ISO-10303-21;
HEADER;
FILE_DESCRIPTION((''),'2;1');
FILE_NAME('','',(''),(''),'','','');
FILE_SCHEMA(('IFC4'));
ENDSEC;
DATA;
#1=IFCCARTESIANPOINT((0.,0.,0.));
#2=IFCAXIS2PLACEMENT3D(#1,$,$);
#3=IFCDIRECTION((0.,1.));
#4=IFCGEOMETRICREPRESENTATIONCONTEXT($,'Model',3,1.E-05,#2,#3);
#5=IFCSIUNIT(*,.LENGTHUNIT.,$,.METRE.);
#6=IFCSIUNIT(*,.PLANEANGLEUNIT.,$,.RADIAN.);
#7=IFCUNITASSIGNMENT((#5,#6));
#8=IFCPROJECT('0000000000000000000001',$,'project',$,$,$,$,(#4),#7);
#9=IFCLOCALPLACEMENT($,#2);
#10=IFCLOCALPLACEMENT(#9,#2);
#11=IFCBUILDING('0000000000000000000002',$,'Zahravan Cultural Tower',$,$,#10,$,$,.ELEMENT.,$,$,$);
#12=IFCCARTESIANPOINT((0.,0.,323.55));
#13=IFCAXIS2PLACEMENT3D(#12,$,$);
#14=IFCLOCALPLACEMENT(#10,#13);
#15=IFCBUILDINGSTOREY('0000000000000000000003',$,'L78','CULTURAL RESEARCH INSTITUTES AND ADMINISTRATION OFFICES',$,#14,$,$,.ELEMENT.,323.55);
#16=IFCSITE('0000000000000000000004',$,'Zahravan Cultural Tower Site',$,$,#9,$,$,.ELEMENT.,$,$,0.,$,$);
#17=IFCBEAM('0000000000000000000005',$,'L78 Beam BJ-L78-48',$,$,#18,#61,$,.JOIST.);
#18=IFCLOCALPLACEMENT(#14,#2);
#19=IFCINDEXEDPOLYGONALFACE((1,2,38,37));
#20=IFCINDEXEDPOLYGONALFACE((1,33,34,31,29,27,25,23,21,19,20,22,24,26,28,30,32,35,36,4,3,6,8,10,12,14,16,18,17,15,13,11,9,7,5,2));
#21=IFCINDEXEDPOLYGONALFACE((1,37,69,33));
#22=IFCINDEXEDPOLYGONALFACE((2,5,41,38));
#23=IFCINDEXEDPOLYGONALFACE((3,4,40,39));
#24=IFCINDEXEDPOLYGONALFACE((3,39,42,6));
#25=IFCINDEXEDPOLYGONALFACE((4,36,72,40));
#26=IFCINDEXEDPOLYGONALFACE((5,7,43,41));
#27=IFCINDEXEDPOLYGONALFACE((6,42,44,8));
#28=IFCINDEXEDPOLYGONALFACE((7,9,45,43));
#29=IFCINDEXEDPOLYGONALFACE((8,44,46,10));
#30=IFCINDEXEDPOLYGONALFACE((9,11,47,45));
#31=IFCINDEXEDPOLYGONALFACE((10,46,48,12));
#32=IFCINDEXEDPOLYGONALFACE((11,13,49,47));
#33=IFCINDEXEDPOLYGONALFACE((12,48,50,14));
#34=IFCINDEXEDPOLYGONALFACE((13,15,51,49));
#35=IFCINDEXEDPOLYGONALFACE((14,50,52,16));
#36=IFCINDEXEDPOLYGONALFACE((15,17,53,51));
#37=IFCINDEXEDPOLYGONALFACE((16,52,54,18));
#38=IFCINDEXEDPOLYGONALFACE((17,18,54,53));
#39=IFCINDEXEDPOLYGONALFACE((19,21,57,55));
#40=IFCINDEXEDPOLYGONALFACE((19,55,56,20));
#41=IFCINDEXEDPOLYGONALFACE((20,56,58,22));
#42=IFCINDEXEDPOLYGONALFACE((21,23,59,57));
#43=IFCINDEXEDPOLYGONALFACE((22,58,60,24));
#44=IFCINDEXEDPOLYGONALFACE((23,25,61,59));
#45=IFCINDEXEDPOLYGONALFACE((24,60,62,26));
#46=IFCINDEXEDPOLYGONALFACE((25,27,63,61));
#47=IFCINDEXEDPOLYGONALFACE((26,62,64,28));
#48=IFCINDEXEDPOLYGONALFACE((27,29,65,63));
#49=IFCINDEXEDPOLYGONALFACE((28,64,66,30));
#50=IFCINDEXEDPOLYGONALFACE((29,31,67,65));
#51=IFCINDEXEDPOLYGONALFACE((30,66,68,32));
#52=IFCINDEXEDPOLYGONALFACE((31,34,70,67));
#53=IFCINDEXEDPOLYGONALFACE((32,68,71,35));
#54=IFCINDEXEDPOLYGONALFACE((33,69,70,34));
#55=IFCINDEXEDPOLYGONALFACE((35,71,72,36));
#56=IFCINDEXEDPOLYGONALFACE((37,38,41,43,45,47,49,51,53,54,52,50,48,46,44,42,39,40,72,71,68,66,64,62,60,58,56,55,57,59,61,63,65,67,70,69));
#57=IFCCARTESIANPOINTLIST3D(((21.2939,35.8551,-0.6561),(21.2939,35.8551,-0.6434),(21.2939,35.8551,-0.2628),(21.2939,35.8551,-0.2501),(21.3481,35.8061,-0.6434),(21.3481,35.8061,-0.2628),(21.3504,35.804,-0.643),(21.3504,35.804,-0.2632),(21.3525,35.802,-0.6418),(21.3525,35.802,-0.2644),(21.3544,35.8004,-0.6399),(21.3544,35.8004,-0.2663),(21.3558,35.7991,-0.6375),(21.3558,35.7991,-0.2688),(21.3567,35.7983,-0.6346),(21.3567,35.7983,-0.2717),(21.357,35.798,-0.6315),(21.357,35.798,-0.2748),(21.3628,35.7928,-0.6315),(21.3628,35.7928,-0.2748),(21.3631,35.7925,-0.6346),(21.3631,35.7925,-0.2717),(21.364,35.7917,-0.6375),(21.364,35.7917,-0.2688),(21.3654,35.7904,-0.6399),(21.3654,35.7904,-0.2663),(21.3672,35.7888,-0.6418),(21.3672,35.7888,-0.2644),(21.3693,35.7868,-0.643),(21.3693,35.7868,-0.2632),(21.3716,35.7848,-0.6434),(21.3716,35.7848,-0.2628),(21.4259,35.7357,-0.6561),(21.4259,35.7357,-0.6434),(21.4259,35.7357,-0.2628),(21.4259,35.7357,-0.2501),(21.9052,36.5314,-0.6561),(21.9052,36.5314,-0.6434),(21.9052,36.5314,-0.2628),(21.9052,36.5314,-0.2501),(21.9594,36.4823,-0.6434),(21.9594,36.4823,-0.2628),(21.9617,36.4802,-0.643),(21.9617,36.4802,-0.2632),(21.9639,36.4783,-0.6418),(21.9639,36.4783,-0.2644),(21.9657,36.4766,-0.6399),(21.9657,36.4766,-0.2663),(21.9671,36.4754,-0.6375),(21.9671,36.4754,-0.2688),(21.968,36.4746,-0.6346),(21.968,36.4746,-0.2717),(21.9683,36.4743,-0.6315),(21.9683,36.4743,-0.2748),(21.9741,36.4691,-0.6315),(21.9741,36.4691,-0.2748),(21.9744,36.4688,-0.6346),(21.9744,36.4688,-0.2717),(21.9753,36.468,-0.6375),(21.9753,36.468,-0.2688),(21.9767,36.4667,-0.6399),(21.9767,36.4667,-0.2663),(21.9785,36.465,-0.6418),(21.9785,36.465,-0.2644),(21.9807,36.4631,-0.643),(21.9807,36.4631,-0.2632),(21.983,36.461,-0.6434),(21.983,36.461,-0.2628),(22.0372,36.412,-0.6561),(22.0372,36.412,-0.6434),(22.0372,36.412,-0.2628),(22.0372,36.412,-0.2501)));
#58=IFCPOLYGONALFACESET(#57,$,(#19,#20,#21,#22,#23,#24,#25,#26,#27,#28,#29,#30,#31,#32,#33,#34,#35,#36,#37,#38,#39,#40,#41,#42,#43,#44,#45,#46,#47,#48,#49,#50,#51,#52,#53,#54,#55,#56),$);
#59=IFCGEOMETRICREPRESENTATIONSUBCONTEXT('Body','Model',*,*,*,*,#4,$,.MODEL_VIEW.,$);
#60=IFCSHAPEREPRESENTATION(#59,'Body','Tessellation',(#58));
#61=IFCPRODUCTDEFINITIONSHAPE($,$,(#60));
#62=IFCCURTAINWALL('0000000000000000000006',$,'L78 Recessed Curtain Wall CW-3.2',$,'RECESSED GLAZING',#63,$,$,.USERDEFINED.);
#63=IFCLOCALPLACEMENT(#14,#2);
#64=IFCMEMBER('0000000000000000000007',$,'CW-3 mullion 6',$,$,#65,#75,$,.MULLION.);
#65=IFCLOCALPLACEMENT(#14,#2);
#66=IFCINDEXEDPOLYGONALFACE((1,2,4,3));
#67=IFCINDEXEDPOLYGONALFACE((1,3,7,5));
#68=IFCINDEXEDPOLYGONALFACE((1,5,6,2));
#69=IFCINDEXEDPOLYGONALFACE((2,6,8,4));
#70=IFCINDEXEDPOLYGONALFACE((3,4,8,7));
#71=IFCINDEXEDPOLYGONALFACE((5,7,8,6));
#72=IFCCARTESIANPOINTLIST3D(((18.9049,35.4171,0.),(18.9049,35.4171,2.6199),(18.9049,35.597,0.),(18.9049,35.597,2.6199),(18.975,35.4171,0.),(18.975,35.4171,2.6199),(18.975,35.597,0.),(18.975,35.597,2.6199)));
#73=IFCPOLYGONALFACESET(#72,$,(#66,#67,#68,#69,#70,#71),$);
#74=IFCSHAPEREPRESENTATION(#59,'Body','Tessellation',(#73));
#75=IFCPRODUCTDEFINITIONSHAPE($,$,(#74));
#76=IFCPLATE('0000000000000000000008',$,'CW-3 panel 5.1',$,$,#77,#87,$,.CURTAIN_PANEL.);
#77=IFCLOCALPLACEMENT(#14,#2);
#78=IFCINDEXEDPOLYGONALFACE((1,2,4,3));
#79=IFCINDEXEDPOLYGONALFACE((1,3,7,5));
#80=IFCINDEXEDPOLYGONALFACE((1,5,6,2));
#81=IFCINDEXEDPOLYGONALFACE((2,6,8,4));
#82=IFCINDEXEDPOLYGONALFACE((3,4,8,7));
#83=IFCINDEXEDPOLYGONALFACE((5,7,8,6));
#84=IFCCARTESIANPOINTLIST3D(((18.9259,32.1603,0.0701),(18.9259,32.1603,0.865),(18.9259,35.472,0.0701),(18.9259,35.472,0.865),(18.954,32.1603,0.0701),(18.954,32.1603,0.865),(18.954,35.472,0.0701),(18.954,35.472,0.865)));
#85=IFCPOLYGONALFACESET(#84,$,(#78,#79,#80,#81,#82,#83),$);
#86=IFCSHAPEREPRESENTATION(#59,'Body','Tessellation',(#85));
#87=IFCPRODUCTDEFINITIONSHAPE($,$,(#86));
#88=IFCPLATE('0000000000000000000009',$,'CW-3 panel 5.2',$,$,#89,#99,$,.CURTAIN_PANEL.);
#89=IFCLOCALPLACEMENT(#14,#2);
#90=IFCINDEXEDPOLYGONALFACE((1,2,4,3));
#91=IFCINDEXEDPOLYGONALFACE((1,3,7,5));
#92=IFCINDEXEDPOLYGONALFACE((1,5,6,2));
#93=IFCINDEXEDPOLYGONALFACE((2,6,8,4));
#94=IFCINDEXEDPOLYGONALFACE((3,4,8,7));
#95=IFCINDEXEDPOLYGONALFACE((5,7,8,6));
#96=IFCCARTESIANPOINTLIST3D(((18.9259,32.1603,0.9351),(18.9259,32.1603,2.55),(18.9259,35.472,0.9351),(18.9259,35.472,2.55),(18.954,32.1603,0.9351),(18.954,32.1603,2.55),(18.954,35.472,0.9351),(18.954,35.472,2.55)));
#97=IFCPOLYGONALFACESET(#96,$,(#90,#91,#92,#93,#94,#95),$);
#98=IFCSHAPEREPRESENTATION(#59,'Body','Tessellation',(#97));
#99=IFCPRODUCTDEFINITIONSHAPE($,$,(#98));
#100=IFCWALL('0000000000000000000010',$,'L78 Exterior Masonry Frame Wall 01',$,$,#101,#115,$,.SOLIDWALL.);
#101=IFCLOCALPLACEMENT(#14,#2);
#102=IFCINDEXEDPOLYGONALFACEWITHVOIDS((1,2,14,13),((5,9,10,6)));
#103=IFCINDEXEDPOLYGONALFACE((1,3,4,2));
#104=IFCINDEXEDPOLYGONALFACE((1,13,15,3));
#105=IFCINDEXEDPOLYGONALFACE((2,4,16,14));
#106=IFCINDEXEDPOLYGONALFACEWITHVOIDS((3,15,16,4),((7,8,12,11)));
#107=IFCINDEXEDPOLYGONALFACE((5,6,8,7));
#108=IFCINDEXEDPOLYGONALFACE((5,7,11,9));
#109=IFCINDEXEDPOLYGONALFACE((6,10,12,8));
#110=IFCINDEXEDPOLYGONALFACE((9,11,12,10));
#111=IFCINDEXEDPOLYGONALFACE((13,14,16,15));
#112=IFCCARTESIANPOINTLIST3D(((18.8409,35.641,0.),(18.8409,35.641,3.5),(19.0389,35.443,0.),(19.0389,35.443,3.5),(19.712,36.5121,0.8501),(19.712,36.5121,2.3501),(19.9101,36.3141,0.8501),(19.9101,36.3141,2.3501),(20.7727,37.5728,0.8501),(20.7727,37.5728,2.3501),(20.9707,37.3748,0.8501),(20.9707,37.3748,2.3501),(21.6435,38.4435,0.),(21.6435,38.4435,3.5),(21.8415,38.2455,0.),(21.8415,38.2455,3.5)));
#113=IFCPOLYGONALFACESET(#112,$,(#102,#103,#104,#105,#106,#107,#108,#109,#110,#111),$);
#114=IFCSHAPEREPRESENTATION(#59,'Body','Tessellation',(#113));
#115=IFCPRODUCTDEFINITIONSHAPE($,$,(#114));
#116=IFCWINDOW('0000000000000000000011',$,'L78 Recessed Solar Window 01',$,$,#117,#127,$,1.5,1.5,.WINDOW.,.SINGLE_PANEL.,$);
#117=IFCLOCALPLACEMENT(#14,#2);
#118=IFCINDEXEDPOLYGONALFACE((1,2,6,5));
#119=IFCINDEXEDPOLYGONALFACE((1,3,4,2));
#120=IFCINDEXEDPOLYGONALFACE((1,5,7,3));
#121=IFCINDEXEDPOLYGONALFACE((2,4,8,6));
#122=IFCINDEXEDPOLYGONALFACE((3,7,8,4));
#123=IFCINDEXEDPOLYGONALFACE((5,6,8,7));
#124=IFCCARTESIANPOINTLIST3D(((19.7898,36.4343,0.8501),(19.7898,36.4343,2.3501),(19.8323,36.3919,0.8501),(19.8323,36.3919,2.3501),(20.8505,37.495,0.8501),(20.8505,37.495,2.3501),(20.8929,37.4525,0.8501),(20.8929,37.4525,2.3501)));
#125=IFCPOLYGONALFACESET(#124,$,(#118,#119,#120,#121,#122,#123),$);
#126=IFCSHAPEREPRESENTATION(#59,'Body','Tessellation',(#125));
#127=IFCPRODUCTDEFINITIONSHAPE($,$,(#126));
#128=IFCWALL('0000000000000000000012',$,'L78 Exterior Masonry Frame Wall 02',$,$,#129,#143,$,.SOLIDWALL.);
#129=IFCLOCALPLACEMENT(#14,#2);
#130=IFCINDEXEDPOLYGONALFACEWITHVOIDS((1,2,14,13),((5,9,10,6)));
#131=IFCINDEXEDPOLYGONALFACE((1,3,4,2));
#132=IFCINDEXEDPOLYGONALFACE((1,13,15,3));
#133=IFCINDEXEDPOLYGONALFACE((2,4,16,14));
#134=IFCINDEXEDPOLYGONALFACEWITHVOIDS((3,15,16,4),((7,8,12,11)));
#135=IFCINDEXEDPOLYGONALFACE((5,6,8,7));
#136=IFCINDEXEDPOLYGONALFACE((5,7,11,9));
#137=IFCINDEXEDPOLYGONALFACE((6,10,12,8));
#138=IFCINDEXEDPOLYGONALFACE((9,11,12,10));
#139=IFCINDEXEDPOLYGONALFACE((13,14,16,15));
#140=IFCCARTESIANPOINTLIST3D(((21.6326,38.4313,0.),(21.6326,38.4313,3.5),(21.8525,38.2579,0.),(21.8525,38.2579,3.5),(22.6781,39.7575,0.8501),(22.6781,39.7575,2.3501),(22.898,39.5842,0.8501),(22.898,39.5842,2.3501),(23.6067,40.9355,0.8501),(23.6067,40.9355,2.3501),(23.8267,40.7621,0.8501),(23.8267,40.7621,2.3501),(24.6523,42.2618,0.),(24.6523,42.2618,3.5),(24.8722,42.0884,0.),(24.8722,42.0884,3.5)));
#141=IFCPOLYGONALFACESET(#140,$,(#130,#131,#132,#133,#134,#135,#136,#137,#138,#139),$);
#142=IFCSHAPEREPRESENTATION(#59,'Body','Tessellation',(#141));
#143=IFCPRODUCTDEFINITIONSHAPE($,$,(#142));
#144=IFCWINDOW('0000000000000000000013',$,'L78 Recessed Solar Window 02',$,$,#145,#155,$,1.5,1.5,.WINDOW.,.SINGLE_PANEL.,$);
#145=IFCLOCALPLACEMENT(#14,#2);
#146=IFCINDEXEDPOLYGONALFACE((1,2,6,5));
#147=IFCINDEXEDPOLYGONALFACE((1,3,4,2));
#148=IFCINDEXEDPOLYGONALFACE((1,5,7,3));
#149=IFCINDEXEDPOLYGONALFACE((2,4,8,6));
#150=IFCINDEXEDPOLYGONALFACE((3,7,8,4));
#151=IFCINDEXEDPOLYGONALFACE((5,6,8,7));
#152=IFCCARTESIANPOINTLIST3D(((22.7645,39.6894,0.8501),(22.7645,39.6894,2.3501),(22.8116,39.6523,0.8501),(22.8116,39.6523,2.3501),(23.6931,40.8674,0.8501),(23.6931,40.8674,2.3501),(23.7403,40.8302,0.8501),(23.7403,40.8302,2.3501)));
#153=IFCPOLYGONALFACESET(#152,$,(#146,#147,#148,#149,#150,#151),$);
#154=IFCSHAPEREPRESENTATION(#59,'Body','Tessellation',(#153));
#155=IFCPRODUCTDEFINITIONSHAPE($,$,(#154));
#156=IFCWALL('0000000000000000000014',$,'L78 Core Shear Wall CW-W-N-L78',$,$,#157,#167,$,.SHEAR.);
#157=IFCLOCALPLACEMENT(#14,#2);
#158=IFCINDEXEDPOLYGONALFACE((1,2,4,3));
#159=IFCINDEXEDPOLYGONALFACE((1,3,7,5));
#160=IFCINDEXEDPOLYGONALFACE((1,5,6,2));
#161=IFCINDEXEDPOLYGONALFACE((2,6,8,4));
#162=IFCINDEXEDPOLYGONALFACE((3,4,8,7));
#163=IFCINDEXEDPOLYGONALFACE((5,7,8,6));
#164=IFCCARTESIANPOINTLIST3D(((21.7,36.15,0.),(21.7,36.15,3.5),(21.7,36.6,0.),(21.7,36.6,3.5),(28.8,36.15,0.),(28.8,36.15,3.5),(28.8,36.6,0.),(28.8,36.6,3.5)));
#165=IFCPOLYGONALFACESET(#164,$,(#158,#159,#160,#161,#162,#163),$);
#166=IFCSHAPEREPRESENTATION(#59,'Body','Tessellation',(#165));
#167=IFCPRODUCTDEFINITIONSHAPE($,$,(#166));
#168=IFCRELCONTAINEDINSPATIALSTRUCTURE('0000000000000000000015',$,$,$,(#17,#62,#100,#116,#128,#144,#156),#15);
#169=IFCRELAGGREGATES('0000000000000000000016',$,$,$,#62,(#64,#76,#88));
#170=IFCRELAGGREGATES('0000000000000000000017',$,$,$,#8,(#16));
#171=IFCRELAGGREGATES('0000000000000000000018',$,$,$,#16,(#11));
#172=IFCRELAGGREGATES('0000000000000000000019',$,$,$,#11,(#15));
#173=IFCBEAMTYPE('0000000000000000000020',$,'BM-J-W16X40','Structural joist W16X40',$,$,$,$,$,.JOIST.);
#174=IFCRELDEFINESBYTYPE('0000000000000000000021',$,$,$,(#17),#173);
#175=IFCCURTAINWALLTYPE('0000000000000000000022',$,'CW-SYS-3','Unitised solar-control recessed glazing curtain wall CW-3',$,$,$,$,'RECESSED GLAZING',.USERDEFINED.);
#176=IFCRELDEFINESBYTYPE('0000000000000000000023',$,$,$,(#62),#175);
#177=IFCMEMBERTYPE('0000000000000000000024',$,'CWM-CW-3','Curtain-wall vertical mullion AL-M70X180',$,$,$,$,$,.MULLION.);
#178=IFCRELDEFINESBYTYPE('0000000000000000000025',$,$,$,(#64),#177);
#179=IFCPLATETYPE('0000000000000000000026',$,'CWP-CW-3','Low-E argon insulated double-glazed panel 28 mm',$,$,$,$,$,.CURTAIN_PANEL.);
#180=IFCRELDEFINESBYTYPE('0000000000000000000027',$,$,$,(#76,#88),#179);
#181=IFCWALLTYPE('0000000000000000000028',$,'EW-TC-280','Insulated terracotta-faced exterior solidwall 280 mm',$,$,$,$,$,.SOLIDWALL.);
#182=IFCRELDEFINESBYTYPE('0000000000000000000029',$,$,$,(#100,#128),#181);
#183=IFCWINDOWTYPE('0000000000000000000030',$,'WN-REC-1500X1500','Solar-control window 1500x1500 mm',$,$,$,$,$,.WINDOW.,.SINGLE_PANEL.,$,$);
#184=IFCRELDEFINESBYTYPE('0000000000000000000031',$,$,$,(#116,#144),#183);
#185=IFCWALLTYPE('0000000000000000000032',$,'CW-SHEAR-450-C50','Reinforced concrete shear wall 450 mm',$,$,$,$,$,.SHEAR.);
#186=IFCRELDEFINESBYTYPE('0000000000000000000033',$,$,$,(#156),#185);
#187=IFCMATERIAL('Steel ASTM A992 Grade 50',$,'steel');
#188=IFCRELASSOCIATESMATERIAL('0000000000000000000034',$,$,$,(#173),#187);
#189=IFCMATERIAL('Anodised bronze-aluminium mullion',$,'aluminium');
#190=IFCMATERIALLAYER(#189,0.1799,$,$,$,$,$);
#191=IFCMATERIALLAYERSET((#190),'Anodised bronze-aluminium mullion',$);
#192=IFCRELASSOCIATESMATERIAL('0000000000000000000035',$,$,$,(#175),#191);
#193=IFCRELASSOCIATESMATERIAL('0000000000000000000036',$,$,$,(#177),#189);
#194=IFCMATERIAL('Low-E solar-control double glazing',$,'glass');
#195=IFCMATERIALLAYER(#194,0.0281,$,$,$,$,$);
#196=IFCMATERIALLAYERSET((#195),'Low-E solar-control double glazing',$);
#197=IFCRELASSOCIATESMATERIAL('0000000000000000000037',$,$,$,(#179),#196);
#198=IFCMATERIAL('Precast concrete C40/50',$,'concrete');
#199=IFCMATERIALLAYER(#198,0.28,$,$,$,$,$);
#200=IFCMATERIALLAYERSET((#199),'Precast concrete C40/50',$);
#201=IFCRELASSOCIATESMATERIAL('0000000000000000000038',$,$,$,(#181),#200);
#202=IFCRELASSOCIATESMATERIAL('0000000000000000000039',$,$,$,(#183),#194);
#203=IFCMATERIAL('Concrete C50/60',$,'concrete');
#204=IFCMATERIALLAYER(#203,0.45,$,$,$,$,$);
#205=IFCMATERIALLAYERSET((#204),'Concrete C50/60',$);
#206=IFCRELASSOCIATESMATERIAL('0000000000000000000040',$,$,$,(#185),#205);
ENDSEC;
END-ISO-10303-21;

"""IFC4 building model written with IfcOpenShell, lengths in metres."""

from ifc_helpers import new_model, si_unit, direction, frame, frame_2d, origin, origin_2d, place, context, subcontext, project, spatial, rectangle, i_section, extrude, source, transform, mapped, material, layer, layer_set, material_profile, profile_set, type_object, element, fill, aggregate, save


model = new_model("IFC4")

# Units and contexts
model_context = context("Model", 3, precision=1e-05, world=origin(), true_north=direction((0.0, 1.0)))
body_context = subcontext(model_context, "Body", "Model", "MODEL_VIEW")
ifc_project = project(units=[si_unit("LENGTHUNIT", "METRE"), si_unit("PLANEANGLEUNIT", "RADIAN")], contexts=[model_context])

# Site, building, storey
site_placement = place(None, origin())
site = spatial("IfcSite", under=ifc_project, at=site_placement, Name="Zahravan Cultural Tower Site", CompositionType="ELEMENT", RefElevation=0.0)
building_placement = place(site_placement, origin())
building = spatial("IfcBuilding", under=site, at=building_placement, Name="Zahravan Cultural Tower", CompositionType="ELEMENT")
storey_placement = place(building_placement, frame((0.0, 0.0, 323.55)))
storey = spatial("IfcBuildingStorey", under=building, at=storey_placement, Name="L78", Description="CULTURAL RESEARCH INSTITUTES AND ADMINISTRATION OFFICES", CompositionType="ELEMENT", Elevation=323.55)

# Shared definitions
ifc_material_1 = material(Name="Concrete C50/60", Category="concrete")

# Beam
ifc_material_2 = material(Name="Steel ASTM A992 Grade 50", Category="steel")
ifc_material_profile_1 = material_profile(ifc_material_2, i_section(OverallWidth=0.178, OverallDepth=0.406, WebThickness=0.0078, FlangeThickness=0.0127, FilletRadius=0.012, at=origin_2d()), Name="W16X40")
ifc_profile_set_1 = profile_set([ifc_material_profile_1], Name="Steel ASTM A992 Grade 50")
beam_type_1 = type_object("IfcBeamType", Name="BM-J-W16X40", Description="Structural joist W16X40", PredefinedType="JOIST", material=ifc_profile_set_1)
shared_shape_1 = source(origin(), body_context, "Body", "SweptSolid", [
    extrude(i_section(OverallWidth=0.178, OverallDepth=0.406, WebThickness=0.0078, FlangeThickness=0.0127, FilletRadius=0.012, at=origin_2d()), origin(), (0.0, 0.0, 1.0), 0.9116),
])
beam_1_placement = place(storey_placement, frame((21.9712, 36.4717, -0.4531), z_axis=(-0.670591, -0.741828, 0.0), x_axis=(0.741828, -0.670591, 0.0)))
element("IfcBeam", 1, at=beam_1_placement, inside=storey, type_object=beam_type_1, Name="L78 Beam BJ-L78-48", PredefinedType="JOIST", context=body_context, shape_type="MappedRepresentation", body=[
    mapped(shared_shape_1, transform((0.0, 0.0, 0.0), x_axis=(1.0, 0.0, 0.0), y_axis=(0.0, 1.0, 0.0), z_axis=(0.0, 0.0, 1.0), scale=1.0)),
])

# Curtain wall, member, plates
ifc_material_3 = material(Name="Anodised bronze-aluminium mullion", Category="aluminium")
ifc_layer_1 = layer(ifc_material_3, 0.1799)
ifc_layer_set_1 = layer_set([ifc_layer_1], Name="Anodised bronze-aluminium mullion")
curtain_wall_type = type_object("IfcCurtainWallType", Name="CW-SYS-3", Description="Unitised solar-control recessed glazing curtain wall CW-3", ElementType="RECESSED GLAZING", PredefinedType="USERDEFINED", material=ifc_layer_set_1)
curtain_wall_placement = place(storey_placement, origin())
curtain_wall = element("IfcCurtainWall", 2, at=curtain_wall_placement, inside=storey, type_object=curtain_wall_type, Name="L78 Recessed Curtain Wall CW-3.2", ObjectType="RECESSED GLAZING", PredefinedType="USERDEFINED")
ifc_material_profile_2 = material_profile(ifc_material_3, rectangle(XDim=0.0701, YDim=0.1799, at=origin_2d()), Name="AL-M70X180")
ifc_profile_set_2 = profile_set([ifc_material_profile_2], Name="Anodised bronze-aluminium mullion")
member_type = type_object("IfcMemberType", Name="CWM-CW-3", Description="Curtain-wall vertical mullion AL-M70X180", PredefinedType="MULLION", material=ifc_profile_set_2)
shared_shape_2 = source(origin(), body_context, "Body", "SweptSolid", [
    extrude(rectangle(XDim=0.0701, YDim=0.1799, at=origin_2d()), origin(), (0.0, 0.0, 1.0), 2.6199),
])
member_placement = place(storey_placement, frame((18.9399, 35.5071, 0.0), z_axis=(0.0, 0.0, 1.0), x_axis=(-1.0, 0.0, 0.0)))
member = element("IfcMember", 3, at=member_placement, type_object=member_type, Name="CW-3 mullion 6", PredefinedType="MULLION", context=body_context, shape_type="MappedRepresentation", body=[
    mapped(shared_shape_2, transform((0.0, 0.0, 0.0), x_axis=(1.0, 0.0, 0.0), y_axis=(0.0, 1.0, 0.0), z_axis=(0.0, 0.0, 1.0), scale=1.0)),
])
ifc_material_4 = material(Name="Low-E solar-control double glazing", Category="glass")
ifc_layer_2 = layer(ifc_material_4, 0.0281)
ifc_layer_set_2 = layer_set([ifc_layer_2], Name="Low-E solar-control double glazing")
plate_type = type_object("IfcPlateType", Name="CWP-CW-3", Description="Low-E argon insulated double-glazed panel 28 mm", PredefinedType="CURTAIN_PANEL", material=ifc_layer_set_2)
shared_shape_3 = source(origin(), body_context, "Body", "SweptSolid", [
    extrude(rectangle(XDim=3.3118, YDim=0.0281, at=origin_2d()), origin(), (0.0, 0.0, 1.0), 0.7949),
])
plate_1_placement = place(storey_placement, frame((18.9399, 33.8162, 0.0701), z_axis=(0.0, 0.0, 1.0), x_axis=(0.0, 1.0, 0.0)))
plate_1 = element("IfcPlate", 4, at=plate_1_placement, type_object=plate_type, Name="CW-3 panel 5.1", PredefinedType="CURTAIN_PANEL", context=body_context, shape_type="MappedRepresentation", body=[
    mapped(shared_shape_3, transform((0.0, 0.0, 0.0), x_axis=(1.0, 0.0, 0.0), y_axis=(0.0, 1.0, 0.0), z_axis=(0.0, 0.0, 1.0), scale=1.0)),
])
shared_shape_4 = source(origin(), body_context, "Body", "SweptSolid", [
    extrude(rectangle(XDim=3.3118, YDim=0.0281, at=origin_2d()), origin(), (0.0, 0.0, 1.0), 1.615),
])
plate_2_placement = place(storey_placement, frame((18.9399, 33.8162, 0.9351), z_axis=(0.0, 0.0, 1.0), x_axis=(0.0, 1.0, 0.0)))
plate_2 = element("IfcPlate", 5, at=plate_2_placement, type_object=plate_type, Name="CW-3 panel 5.2", PredefinedType="CURTAIN_PANEL", context=body_context, shape_type="MappedRepresentation", body=[
    mapped(shared_shape_4, transform((0.0, 0.0, 0.0), x_axis=(1.0, 0.0, 0.0), y_axis=(0.0, 1.0, 0.0), z_axis=(0.0, 0.0, 1.0), scale=1.0)),
])
aggregate(curtain_wall, [member, plate_1, plate_2])

# Walls, openings, windows
ifc_material_5 = material(Name="Precast concrete C40/50", Category="concrete")
ifc_layer_3 = layer(ifc_material_5, 0.28)
ifc_layer_set_3 = layer_set([ifc_layer_3], Name="Precast concrete C40/50")
wall_type_1 = type_object("IfcWallType", Name="EW-TC-280", Description="Insulated terracotta-faced exterior solidwall 280 mm", PredefinedType="SOLIDWALL", material=ifc_layer_set_3)
wall_1_placement = place(storey_placement, frame((18.9399, 35.542, 0.0), z_axis=(0.0, 0.0, 1.0), x_axis=(0.707107, 0.707107, 0.0)))
wall_1 = element("IfcWall", 6, at=wall_1_placement, inside=storey, type_object=wall_type_1, Name="L78 Exterior Masonry Frame Wall 01", PredefinedType="SOLIDWALL", context=body_context, shape_type="SweptSolid", body=[
    extrude(rectangle(XDim=3.9634, YDim=0.28, at=frame_2d((1.9817, 0.0))), origin(), (0.0, 0.0, 1.0), 3.5),
])
opening_1_placement = place(wall_1_placement, frame((1.2319, 0.0, 0.8501)))
opening_1 = element("IfcOpeningElement", 7, at=opening_1_placement, cuts=wall_1, PredefinedType="OPENING", context=body_context, shape_type="SweptSolid", body=[
    extrude(rectangle(XDim=1.5, YDim=1.5, at=frame_2d((0.75, 0.75))), frame((0.0, 0.1499, 0.0), z_axis=(0.0, -1.0, 0.0), x_axis=(1.0, 0.0, 0.0)), (0.0, 0.0, 1.0), 0.3),
])
window_type = type_object("IfcWindowType", Name="WN-REC-1500X1500", Description="Solar-control window 1500x1500 mm", PartitioningType="SINGLE_PANEL", PredefinedType="WINDOW", material=ifc_material_4)
shared_shape_5 = source(origin(), body_context, "Body", "SweptSolid", [
    extrude(rectangle(XDim=1.5, YDim=1.5, at=frame_2d((0.75, 0.75))), frame((0.0, 0.03, 0.0), z_axis=(0.0, -1.0, 0.0), x_axis=(1.0, 0.0, 0.0)), (0.0, 0.0, 1.0), 0.0601),
])
window_1_placement = place(opening_1_placement, origin())
window_1 = element("IfcWindow", 8, at=window_1_placement, inside=storey, type_object=window_type, Name="L78 Recessed Solar Window 01", OverallHeight=1.5, OverallWidth=1.5, PartitioningType="SINGLE_PANEL", PredefinedType="WINDOW", context=body_context, shape_type="MappedRepresentation", body=[
    mapped(shared_shape_5, transform((0.0, 0.0, 0.0), x_axis=(1.0, 0.0, 0.0), y_axis=(0.0, 1.0, 0.0), z_axis=(0.0, 0.0, 1.0), scale=1.0)),
])
fill(opening_1, window_1)
wall_2_placement = place(storey_placement, frame((21.7424, 38.3445, 0.0), z_axis=(0.0, 0.0, 1.0), x_axis=(0.619094, 0.785317, 0.0)))
wall_2 = element("IfcWall", 9, at=wall_2_placement, inside=storey, type_object=wall_type_1, Name="L78 Exterior Masonry Frame Wall 02", PredefinedType="SOLIDWALL", context=body_context, shape_type="SweptSolid", body=[
    extrude(rectangle(XDim=4.8777, YDim=0.28, at=frame_2d((2.439, 0.0))), origin(), (0.0, 0.0, 1.0), 3.5),
])
opening_2_placement = place(wall_2_placement, frame((1.689, 0.0, 0.8501)))
opening_2 = element("IfcOpeningElement", 10, at=opening_2_placement, cuts=wall_2, PredefinedType="OPENING", context=body_context, shape_type="SweptSolid", body=[
    extrude(rectangle(XDim=1.5, YDim=1.5, at=frame_2d((0.75, 0.75))), frame((0.0, 0.1499, 0.0), z_axis=(0.0, -1.0, 0.0), x_axis=(1.0, 0.0, 0.0)), (0.0, 0.0, 1.0), 0.3),
])
window_2_placement = place(opening_2_placement, origin())
window_2 = element("IfcWindow", 11, at=window_2_placement, inside=storey, type_object=window_type, Name="L78 Recessed Solar Window 02", OverallHeight=1.5, OverallWidth=1.5, PartitioningType="SINGLE_PANEL", PredefinedType="WINDOW", context=body_context, shape_type="MappedRepresentation", body=[
    mapped(shared_shape_5, transform((0.0, 0.0, 0.0), x_axis=(1.0, 0.0, 0.0), y_axis=(0.0, 1.0, 0.0), z_axis=(0.0, 0.0, 1.0), scale=1.0)),
])
fill(opening_2, window_2)

# Wall
ifc_layer_4 = layer(ifc_material_1, 0.45)
ifc_layer_set_4 = layer_set([ifc_layer_4], Name="Concrete C50/60")
wall_type_2 = type_object("IfcWallType", Name="CW-SHEAR-450-C50", Description="Reinforced concrete shear wall 450 mm", PredefinedType="SHEAR", material=ifc_layer_set_4)
shared_shape_6 = source(origin(), body_context, "Body", "SweptSolid", [
    extrude(rectangle(XDim=7.1001, YDim=0.45, at=frame_2d((3.55, 0.0))), origin(), (0.0, 0.0, 1.0), 3.5),
])
wall_3_placement = place(storey_placement, frame((21.7, 36.375, 0.0), z_axis=(0.0, 0.0, 1.0), x_axis=(1.0, 0.0, 0.0)))
element("IfcWall", 12, at=wall_3_placement, inside=storey, type_object=wall_type_2, Name="L78 Core Shear Wall CW-W-N-L78", PredefinedType="SHEAR", context=body_context, shape_type="MappedRepresentation", body=[
    mapped(shared_shape_6, transform((0.0, 0.0, 0.0), x_axis=(1.0, 0.0, 0.0), y_axis=(0.0, 1.0, 0.0), z_axis=(0.0, 0.0, 1.0), scale=1.0)),
])

save(model, "model.ifc")
